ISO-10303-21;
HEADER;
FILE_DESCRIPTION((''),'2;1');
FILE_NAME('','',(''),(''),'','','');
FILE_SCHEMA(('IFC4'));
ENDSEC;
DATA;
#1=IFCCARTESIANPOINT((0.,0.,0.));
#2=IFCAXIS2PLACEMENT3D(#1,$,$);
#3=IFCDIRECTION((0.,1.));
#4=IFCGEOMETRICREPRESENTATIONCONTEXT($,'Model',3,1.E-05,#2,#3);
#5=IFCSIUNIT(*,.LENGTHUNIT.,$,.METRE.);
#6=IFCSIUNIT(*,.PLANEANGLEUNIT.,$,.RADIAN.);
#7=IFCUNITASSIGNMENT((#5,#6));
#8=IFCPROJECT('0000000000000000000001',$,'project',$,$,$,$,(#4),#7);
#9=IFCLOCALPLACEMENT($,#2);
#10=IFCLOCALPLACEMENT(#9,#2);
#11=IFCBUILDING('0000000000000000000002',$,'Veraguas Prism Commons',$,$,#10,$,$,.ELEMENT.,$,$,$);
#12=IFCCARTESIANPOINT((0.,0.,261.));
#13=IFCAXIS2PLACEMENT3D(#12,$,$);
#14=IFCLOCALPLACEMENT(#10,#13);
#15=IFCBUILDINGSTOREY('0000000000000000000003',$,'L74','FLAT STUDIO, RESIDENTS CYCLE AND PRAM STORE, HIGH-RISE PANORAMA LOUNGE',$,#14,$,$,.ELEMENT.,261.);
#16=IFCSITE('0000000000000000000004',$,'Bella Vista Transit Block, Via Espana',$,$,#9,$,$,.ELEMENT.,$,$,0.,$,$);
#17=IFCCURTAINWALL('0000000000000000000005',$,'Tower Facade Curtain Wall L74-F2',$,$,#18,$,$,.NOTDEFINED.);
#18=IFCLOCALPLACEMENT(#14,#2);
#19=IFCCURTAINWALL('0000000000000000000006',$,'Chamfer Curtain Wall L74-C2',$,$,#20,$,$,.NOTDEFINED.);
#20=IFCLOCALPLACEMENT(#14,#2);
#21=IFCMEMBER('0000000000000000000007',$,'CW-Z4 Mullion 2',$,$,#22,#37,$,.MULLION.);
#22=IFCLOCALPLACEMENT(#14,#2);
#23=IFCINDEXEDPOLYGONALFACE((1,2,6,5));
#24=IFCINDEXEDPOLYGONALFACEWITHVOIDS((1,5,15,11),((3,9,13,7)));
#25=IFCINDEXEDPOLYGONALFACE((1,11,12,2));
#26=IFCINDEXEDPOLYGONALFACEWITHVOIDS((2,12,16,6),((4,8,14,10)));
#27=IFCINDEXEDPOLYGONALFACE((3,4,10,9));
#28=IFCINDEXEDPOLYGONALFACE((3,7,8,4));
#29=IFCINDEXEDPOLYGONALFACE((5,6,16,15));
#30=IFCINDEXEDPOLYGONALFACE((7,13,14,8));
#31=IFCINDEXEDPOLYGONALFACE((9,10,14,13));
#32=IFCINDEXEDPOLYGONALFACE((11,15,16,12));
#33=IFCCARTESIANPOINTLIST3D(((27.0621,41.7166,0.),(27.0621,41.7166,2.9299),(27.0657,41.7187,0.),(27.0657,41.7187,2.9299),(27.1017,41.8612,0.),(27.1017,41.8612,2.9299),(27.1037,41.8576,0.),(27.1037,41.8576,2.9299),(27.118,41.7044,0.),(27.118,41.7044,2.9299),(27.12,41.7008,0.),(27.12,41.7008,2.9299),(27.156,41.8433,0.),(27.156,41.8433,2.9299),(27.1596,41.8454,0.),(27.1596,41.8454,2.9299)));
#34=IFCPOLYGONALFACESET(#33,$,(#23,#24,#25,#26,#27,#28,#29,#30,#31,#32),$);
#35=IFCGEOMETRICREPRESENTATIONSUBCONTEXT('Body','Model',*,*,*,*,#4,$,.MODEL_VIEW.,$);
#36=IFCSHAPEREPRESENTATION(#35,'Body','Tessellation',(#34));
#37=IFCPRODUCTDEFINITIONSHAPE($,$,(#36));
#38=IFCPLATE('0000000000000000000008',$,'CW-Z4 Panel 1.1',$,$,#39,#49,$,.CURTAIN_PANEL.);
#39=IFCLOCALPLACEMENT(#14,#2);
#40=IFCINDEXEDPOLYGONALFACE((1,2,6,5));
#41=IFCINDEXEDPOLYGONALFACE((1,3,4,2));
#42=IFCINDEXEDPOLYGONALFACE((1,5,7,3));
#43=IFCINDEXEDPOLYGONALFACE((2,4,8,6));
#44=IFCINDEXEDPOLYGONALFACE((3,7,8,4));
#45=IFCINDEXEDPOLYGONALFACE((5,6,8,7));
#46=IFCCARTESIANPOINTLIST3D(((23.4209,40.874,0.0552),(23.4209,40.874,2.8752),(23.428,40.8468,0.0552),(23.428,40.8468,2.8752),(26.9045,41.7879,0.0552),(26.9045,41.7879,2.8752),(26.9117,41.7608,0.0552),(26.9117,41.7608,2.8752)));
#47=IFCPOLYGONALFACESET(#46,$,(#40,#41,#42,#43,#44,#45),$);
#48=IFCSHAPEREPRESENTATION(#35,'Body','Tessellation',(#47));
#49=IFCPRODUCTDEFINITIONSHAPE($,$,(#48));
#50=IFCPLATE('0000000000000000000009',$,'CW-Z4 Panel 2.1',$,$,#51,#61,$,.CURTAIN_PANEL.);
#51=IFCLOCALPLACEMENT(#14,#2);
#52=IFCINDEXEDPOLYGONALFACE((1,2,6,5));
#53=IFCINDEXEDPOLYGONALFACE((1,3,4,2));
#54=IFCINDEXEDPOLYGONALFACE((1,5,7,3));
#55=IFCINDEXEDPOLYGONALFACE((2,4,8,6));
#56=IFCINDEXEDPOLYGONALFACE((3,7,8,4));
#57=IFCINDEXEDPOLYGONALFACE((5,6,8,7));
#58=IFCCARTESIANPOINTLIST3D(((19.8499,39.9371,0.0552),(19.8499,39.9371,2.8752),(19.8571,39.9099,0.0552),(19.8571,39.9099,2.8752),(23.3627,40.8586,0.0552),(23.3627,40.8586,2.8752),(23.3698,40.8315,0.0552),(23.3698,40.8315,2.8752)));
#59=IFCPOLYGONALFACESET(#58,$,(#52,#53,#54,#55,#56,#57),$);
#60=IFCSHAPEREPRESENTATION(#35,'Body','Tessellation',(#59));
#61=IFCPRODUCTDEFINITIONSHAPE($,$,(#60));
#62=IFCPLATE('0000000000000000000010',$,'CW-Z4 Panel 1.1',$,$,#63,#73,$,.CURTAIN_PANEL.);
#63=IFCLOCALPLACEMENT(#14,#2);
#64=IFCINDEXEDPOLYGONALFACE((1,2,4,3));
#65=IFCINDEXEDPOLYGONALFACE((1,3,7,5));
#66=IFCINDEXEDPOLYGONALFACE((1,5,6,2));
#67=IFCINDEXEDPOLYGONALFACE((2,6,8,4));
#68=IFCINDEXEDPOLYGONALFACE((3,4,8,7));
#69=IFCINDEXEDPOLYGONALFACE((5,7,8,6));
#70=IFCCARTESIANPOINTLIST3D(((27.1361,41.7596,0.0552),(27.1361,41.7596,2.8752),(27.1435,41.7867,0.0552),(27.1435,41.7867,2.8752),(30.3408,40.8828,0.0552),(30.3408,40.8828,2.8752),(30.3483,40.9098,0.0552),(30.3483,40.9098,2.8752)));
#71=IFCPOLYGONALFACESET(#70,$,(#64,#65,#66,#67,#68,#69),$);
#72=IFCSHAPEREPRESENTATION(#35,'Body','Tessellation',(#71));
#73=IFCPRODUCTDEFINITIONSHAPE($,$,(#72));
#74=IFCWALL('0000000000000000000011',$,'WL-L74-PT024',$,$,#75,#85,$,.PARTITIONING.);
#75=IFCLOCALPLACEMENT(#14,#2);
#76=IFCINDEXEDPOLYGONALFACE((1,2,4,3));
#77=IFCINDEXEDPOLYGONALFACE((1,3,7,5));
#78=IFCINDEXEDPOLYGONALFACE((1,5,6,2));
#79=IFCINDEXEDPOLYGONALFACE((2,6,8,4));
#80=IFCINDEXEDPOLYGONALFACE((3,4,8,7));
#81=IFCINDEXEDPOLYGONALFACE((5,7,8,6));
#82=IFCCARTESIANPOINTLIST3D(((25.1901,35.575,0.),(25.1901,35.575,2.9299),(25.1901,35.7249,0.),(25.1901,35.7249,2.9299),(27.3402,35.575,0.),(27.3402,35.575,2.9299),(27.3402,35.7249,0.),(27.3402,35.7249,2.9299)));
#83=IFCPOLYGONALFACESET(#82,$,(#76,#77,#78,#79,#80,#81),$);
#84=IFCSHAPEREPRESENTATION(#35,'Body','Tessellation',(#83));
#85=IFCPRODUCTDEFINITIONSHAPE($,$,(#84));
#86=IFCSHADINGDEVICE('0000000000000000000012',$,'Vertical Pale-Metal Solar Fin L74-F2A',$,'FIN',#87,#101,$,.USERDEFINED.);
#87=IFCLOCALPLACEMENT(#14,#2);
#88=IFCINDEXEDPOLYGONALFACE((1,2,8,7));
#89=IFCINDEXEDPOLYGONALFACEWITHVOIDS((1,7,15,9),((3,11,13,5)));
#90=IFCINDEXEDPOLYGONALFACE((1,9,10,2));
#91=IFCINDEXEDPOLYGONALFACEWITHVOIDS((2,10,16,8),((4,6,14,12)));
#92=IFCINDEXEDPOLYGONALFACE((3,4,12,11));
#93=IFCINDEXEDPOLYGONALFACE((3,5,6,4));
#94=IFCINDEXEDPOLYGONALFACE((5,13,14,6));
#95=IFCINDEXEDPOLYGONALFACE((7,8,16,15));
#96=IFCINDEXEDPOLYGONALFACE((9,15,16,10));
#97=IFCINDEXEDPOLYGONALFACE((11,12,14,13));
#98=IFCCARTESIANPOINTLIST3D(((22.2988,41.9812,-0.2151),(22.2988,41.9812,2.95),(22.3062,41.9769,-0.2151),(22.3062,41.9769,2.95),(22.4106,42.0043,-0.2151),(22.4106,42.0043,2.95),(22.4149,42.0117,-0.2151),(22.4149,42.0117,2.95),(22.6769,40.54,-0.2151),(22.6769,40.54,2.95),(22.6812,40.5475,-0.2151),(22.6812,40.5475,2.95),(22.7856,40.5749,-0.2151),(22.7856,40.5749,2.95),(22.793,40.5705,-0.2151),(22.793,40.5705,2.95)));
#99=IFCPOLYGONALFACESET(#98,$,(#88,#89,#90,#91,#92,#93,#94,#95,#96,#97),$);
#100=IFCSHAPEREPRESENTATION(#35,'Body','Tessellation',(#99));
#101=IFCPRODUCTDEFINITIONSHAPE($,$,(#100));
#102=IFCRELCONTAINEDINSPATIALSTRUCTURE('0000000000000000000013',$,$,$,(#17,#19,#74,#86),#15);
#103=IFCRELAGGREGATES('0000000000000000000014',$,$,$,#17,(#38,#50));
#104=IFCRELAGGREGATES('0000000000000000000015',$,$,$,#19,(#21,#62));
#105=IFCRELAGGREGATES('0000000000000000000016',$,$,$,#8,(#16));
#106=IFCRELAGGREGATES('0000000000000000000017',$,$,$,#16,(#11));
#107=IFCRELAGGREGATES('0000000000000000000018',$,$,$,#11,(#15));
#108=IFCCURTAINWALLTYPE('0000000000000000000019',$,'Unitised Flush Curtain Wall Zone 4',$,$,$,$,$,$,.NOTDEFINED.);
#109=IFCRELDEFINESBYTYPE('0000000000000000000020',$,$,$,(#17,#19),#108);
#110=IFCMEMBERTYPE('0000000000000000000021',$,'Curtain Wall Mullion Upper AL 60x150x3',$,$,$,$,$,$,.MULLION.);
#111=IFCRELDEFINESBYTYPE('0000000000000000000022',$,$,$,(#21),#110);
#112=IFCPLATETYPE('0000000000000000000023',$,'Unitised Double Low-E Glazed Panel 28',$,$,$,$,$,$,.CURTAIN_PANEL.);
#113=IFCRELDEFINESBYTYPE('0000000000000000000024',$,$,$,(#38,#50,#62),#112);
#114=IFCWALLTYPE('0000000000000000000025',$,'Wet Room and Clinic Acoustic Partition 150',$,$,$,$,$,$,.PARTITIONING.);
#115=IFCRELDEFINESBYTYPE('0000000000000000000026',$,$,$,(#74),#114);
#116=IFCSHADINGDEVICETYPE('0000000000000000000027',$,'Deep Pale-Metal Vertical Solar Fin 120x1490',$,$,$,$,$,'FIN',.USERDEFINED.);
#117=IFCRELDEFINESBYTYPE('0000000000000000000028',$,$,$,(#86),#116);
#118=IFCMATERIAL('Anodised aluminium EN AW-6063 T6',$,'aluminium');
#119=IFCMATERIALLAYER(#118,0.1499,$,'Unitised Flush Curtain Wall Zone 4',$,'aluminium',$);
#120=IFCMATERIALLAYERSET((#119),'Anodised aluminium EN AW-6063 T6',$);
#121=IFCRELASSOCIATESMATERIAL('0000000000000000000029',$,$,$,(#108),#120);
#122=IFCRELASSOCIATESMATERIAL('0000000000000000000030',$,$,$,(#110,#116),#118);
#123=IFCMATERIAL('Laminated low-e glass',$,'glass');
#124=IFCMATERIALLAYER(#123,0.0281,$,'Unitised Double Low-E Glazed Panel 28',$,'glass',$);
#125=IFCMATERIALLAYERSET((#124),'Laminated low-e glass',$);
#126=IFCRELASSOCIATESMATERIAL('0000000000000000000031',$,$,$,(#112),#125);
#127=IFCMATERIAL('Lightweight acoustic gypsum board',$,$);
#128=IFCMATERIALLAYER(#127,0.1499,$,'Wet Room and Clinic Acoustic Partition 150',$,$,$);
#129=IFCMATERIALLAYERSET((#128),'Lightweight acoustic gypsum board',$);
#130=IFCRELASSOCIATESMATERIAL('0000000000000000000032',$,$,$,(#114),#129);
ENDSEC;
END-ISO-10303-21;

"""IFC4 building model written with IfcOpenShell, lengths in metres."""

from ifc_helpers import new_model, si_unit, direction, frame, frame_2d, origin, origin_2d, place, context, subcontext, project, spatial, rectangle, hollow_rectangle, extrude, source, transform, mapped, material, layer, layer_set, material_profile, profile_set, type_object, element, aggregate, save


model = new_model("IFC4")

# Units and contexts
model_context = context("Model", 3, precision=1e-05, world=origin(), true_north=direction((0.0, 1.0)))
body_context = subcontext(model_context, "Body", "Model", "MODEL_VIEW")
ifc_project = project(units=[si_unit("LENGTHUNIT", "METRE"), si_unit("PLANEANGLEUNIT", "RADIAN")], contexts=[model_context])

# Site, building, storey
site_placement = place(None, origin())
site = spatial("IfcSite", under=ifc_project, at=site_placement, Name="Bella Vista Transit Block, Via Espana", CompositionType="ELEMENT", RefElevation=0.0)
building_placement = place(site_placement, origin())
building = spatial("IfcBuilding", under=site, at=building_placement, Name="Veraguas Prism Commons", CompositionType="ELEMENT")
storey_placement = place(building_placement, frame((0.0, 0.0, 261.0)))
storey = spatial("IfcBuildingStorey", under=building, at=storey_placement, Name="L74", Description="FLAT STUDIO, RESIDENTS CYCLE AND PRAM STORE, HIGH-RISE PANORAMA LOUNGE", CompositionType="ELEMENT", Elevation=261.0)

# Curtain walls, member
ifc_material_1 = material(Name="Anodised aluminium EN AW-6063 T6", Category="aluminium")
ifc_layer_1 = layer(ifc_material_1, 0.1499, Name="Unitised Flush Curtain Wall Zone 4", Category="aluminium")
ifc_layer_set_1 = layer_set([ifc_layer_1], Name="Anodised aluminium EN AW-6063 T6")
curtain_wall_type = type_object("IfcCurtainWallType", Name="Unitised Flush Curtain Wall Zone 4", PredefinedType="NOTDEFINED", material=ifc_layer_set_1)
curtain_wall_1_placement = place(storey_placement, origin())
curtain_wall_1 = element("IfcCurtainWall", 1, at=curtain_wall_1_placement, inside=storey, type_object=curtain_wall_type, Name="Tower Facade Curtain Wall L74-F2", PredefinedType="NOTDEFINED")
ifc_material_profile_1 = material_profile(ifc_material_1, hollow_rectangle(XDim=0.0601, YDim=0.1499, WallThickness=0.0029, at=origin_2d()), Name="AL60X150X3")
ifc_profile_set_1 = profile_set([ifc_material_profile_1], Name="Anodised aluminium EN AW-6063 T6")
member_type_1 = type_object("IfcMemberType", Name="Curtain Wall Mullion Upper AL 60x150x3", PredefinedType="MULLION", material=ifc_profile_set_1)
shared_shape_1 = source(origin(), body_context, "Body", "SweptSolid", [
    extrude(hollow_rectangle(XDim=0.0601, YDim=0.1499, WallThickness=0.0029, at=origin_2d()), origin(), (0.0, 0.0, 1.0), 2.9299),
])
curtain_wall_2_placement = place(storey_placement, origin())
curtain_wall_2 = element("IfcCurtainWall", 2, at=curtain_wall_2_placement, inside=storey, type_object=curtain_wall_type, Name="Chamfer Curtain Wall L74-C2", PredefinedType="NOTDEFINED")
member_1_placement = place(storey_placement, frame((27.1108, 41.781, 0.0), z_axis=(0.0, 0.0, 1.0), x_axis=(-0.964547, 0.263912, 0.0)))
member_1 = element("IfcMember", 3, at=member_1_placement, type_object=member_type_1, Name="CW-Z4 Mullion 2", PredefinedType="MULLION", context=body_context, shape_type="MappedRepresentation", body=[
    mapped(shared_shape_1, transform((0.0, 0.0, 0.0), scale=1.0)),
])

# Plates
ifc_material_2 = material(Name="Laminated low-e glass", Category="glass")
ifc_layer_2 = layer(ifc_material_2, 0.0281, Name="Unitised Double Low-E Glazed Panel 28", Category="glass")
ifc_layer_set_2 = layer_set([ifc_layer_2], Name="Laminated low-e glass")
plate_type = type_object("IfcPlateType", Name="Unitised Double Low-E Glazed Panel 28", PredefinedType="CURTAIN_PANEL", material=ifc_layer_set_2)
shared_shape_2 = source(origin(), body_context, "Body", "SweptSolid", [
    extrude(rectangle(XDim=3.6016, YDim=0.0281, at=origin_2d()), origin(), (0.0, 0.0, 1.0), 2.8201),
])
plate_1_placement = place(storey_placement, frame((25.1663, 41.3174, 0.0552), z_axis=(0.0, 0.0, 1.0), x_axis=(-0.967266, -0.253765, 0.0)))
plate_1 = element("IfcPlate", 4, at=plate_1_placement, type_object=plate_type, Name="CW-Z4 Panel 1.1", PredefinedType="CURTAIN_PANEL", context=body_context, shape_type="MappedRepresentation", body=[
    mapped(shared_shape_2, transform((0.0, 0.0, 0.0), scale=1.0)),
])
shared_shape_3 = source(origin(), body_context, "Body", "SweptSolid", [
    extrude(rectangle(XDim=3.6316, YDim=0.0281, at=origin_2d()), origin(), (0.0, 0.0, 1.0), 2.8201),
])
plate_2_placement = place(storey_placement, frame((21.6099, 40.3843, 0.0552), z_axis=(0.0, 0.0, 1.0), x_axis=(-0.967266, -0.253765, 0.0)))
plate_2 = element("IfcPlate", 5, at=plate_2_placement, type_object=plate_type, Name="CW-Z4 Panel 2.1", PredefinedType="CURTAIN_PANEL", context=body_context, shape_type="MappedRepresentation", body=[
    mapped(shared_shape_3, transform((0.0, 0.0, 0.0), scale=1.0)),
])
aggregate(curtain_wall_1, [plate_1, plate_2])
shared_shape_4 = source(origin(), body_context, "Body", "SweptSolid", [
    extrude(rectangle(XDim=3.3225, YDim=0.0281, at=origin_2d()), origin(), (0.0, 0.0, 1.0), 2.8201),
])
plate_3_placement = place(storey_placement, frame((28.7422, 41.3347, 0.0552), z_axis=(0.0, 0.0, 1.0), x_axis=(-0.964547, 0.263912, 0.0)))
plate_3 = element("IfcPlate", 6, at=plate_3_placement, type_object=plate_type, Name="CW-Z4 Panel 1.1", PredefinedType="CURTAIN_PANEL", context=body_context, shape_type="MappedRepresentation", body=[
    mapped(shared_shape_4, transform((0.0, 0.0, 0.0), scale=1.0)),
])
aggregate(curtain_wall_2, [member_1, plate_3])

# Wall
ifc_material_3 = material(Name="Lightweight acoustic gypsum board")
ifc_layer_3 = layer(ifc_material_3, 0.1499, Name="Wet Room and Clinic Acoustic Partition 150")
ifc_layer_set_3 = layer_set([ifc_layer_3], Name="Lightweight acoustic gypsum board")
wall_type = type_object("IfcWallType", Name="Wet Room and Clinic Acoustic Partition 150", PredefinedType="PARTITIONING", material=ifc_layer_set_3)
wall_placement = place(storey_placement, frame((25.1899, 35.6499, 0.0), z_axis=(0.0, 0.0, 1.0), x_axis=(1.0, 0.0, 0.0)))
element("IfcWall", 7, at=wall_placement, inside=storey, type_object=wall_type, Name="WL-L74-PT024", PredefinedType="PARTITIONING", context=body_context, shape_type="SweptSolid", body=[
    extrude(rectangle(XDim=2.1501, YDim=0.1499, at=frame_2d((1.0752, 0.0))), origin(), (0.0, 0.0, 1.0), 2.9299),
])

# Shading device
ifc_material_profile_2 = material_profile(ifc_material_1, hollow_rectangle(XDim=0.1201, YDim=1.49, WallThickness=0.0061, at=origin_2d()), Name="FIN120X1490X6")
ifc_profile_set_2 = profile_set([ifc_material_profile_2], Name="Anodised aluminium EN AW-6063 T6")
shading_device_type = type_object("IfcShadingDeviceType", Name="Deep Pale-Metal Vertical Solar Fin 120x1490", ElementType="FIN", PredefinedType="USERDEFINED", material=ifc_profile_set_2)
shading_device_placement = place(storey_placement, frame((22.5459, 41.2759, -0.2151), z_axis=(0.0, 0.0, 1.0), x_axis=(-0.967267, -0.253761, 0.0)))
element("IfcShadingDevice", 8, at=shading_device_placement, inside=storey, type_object=shading_device_type, Name="Vertical Pale-Metal Solar Fin L74-F2A", ObjectType="FIN", PredefinedType="USERDEFINED", context=body_context, shape_type="SweptSolid", body=[
    extrude(hollow_rectangle(XDim=0.1201, YDim=1.49, WallThickness=0.0061, at=origin_2d()), origin(), (0.0, 0.0, 1.0), 3.165),
])

save(model, "model.ifc")
